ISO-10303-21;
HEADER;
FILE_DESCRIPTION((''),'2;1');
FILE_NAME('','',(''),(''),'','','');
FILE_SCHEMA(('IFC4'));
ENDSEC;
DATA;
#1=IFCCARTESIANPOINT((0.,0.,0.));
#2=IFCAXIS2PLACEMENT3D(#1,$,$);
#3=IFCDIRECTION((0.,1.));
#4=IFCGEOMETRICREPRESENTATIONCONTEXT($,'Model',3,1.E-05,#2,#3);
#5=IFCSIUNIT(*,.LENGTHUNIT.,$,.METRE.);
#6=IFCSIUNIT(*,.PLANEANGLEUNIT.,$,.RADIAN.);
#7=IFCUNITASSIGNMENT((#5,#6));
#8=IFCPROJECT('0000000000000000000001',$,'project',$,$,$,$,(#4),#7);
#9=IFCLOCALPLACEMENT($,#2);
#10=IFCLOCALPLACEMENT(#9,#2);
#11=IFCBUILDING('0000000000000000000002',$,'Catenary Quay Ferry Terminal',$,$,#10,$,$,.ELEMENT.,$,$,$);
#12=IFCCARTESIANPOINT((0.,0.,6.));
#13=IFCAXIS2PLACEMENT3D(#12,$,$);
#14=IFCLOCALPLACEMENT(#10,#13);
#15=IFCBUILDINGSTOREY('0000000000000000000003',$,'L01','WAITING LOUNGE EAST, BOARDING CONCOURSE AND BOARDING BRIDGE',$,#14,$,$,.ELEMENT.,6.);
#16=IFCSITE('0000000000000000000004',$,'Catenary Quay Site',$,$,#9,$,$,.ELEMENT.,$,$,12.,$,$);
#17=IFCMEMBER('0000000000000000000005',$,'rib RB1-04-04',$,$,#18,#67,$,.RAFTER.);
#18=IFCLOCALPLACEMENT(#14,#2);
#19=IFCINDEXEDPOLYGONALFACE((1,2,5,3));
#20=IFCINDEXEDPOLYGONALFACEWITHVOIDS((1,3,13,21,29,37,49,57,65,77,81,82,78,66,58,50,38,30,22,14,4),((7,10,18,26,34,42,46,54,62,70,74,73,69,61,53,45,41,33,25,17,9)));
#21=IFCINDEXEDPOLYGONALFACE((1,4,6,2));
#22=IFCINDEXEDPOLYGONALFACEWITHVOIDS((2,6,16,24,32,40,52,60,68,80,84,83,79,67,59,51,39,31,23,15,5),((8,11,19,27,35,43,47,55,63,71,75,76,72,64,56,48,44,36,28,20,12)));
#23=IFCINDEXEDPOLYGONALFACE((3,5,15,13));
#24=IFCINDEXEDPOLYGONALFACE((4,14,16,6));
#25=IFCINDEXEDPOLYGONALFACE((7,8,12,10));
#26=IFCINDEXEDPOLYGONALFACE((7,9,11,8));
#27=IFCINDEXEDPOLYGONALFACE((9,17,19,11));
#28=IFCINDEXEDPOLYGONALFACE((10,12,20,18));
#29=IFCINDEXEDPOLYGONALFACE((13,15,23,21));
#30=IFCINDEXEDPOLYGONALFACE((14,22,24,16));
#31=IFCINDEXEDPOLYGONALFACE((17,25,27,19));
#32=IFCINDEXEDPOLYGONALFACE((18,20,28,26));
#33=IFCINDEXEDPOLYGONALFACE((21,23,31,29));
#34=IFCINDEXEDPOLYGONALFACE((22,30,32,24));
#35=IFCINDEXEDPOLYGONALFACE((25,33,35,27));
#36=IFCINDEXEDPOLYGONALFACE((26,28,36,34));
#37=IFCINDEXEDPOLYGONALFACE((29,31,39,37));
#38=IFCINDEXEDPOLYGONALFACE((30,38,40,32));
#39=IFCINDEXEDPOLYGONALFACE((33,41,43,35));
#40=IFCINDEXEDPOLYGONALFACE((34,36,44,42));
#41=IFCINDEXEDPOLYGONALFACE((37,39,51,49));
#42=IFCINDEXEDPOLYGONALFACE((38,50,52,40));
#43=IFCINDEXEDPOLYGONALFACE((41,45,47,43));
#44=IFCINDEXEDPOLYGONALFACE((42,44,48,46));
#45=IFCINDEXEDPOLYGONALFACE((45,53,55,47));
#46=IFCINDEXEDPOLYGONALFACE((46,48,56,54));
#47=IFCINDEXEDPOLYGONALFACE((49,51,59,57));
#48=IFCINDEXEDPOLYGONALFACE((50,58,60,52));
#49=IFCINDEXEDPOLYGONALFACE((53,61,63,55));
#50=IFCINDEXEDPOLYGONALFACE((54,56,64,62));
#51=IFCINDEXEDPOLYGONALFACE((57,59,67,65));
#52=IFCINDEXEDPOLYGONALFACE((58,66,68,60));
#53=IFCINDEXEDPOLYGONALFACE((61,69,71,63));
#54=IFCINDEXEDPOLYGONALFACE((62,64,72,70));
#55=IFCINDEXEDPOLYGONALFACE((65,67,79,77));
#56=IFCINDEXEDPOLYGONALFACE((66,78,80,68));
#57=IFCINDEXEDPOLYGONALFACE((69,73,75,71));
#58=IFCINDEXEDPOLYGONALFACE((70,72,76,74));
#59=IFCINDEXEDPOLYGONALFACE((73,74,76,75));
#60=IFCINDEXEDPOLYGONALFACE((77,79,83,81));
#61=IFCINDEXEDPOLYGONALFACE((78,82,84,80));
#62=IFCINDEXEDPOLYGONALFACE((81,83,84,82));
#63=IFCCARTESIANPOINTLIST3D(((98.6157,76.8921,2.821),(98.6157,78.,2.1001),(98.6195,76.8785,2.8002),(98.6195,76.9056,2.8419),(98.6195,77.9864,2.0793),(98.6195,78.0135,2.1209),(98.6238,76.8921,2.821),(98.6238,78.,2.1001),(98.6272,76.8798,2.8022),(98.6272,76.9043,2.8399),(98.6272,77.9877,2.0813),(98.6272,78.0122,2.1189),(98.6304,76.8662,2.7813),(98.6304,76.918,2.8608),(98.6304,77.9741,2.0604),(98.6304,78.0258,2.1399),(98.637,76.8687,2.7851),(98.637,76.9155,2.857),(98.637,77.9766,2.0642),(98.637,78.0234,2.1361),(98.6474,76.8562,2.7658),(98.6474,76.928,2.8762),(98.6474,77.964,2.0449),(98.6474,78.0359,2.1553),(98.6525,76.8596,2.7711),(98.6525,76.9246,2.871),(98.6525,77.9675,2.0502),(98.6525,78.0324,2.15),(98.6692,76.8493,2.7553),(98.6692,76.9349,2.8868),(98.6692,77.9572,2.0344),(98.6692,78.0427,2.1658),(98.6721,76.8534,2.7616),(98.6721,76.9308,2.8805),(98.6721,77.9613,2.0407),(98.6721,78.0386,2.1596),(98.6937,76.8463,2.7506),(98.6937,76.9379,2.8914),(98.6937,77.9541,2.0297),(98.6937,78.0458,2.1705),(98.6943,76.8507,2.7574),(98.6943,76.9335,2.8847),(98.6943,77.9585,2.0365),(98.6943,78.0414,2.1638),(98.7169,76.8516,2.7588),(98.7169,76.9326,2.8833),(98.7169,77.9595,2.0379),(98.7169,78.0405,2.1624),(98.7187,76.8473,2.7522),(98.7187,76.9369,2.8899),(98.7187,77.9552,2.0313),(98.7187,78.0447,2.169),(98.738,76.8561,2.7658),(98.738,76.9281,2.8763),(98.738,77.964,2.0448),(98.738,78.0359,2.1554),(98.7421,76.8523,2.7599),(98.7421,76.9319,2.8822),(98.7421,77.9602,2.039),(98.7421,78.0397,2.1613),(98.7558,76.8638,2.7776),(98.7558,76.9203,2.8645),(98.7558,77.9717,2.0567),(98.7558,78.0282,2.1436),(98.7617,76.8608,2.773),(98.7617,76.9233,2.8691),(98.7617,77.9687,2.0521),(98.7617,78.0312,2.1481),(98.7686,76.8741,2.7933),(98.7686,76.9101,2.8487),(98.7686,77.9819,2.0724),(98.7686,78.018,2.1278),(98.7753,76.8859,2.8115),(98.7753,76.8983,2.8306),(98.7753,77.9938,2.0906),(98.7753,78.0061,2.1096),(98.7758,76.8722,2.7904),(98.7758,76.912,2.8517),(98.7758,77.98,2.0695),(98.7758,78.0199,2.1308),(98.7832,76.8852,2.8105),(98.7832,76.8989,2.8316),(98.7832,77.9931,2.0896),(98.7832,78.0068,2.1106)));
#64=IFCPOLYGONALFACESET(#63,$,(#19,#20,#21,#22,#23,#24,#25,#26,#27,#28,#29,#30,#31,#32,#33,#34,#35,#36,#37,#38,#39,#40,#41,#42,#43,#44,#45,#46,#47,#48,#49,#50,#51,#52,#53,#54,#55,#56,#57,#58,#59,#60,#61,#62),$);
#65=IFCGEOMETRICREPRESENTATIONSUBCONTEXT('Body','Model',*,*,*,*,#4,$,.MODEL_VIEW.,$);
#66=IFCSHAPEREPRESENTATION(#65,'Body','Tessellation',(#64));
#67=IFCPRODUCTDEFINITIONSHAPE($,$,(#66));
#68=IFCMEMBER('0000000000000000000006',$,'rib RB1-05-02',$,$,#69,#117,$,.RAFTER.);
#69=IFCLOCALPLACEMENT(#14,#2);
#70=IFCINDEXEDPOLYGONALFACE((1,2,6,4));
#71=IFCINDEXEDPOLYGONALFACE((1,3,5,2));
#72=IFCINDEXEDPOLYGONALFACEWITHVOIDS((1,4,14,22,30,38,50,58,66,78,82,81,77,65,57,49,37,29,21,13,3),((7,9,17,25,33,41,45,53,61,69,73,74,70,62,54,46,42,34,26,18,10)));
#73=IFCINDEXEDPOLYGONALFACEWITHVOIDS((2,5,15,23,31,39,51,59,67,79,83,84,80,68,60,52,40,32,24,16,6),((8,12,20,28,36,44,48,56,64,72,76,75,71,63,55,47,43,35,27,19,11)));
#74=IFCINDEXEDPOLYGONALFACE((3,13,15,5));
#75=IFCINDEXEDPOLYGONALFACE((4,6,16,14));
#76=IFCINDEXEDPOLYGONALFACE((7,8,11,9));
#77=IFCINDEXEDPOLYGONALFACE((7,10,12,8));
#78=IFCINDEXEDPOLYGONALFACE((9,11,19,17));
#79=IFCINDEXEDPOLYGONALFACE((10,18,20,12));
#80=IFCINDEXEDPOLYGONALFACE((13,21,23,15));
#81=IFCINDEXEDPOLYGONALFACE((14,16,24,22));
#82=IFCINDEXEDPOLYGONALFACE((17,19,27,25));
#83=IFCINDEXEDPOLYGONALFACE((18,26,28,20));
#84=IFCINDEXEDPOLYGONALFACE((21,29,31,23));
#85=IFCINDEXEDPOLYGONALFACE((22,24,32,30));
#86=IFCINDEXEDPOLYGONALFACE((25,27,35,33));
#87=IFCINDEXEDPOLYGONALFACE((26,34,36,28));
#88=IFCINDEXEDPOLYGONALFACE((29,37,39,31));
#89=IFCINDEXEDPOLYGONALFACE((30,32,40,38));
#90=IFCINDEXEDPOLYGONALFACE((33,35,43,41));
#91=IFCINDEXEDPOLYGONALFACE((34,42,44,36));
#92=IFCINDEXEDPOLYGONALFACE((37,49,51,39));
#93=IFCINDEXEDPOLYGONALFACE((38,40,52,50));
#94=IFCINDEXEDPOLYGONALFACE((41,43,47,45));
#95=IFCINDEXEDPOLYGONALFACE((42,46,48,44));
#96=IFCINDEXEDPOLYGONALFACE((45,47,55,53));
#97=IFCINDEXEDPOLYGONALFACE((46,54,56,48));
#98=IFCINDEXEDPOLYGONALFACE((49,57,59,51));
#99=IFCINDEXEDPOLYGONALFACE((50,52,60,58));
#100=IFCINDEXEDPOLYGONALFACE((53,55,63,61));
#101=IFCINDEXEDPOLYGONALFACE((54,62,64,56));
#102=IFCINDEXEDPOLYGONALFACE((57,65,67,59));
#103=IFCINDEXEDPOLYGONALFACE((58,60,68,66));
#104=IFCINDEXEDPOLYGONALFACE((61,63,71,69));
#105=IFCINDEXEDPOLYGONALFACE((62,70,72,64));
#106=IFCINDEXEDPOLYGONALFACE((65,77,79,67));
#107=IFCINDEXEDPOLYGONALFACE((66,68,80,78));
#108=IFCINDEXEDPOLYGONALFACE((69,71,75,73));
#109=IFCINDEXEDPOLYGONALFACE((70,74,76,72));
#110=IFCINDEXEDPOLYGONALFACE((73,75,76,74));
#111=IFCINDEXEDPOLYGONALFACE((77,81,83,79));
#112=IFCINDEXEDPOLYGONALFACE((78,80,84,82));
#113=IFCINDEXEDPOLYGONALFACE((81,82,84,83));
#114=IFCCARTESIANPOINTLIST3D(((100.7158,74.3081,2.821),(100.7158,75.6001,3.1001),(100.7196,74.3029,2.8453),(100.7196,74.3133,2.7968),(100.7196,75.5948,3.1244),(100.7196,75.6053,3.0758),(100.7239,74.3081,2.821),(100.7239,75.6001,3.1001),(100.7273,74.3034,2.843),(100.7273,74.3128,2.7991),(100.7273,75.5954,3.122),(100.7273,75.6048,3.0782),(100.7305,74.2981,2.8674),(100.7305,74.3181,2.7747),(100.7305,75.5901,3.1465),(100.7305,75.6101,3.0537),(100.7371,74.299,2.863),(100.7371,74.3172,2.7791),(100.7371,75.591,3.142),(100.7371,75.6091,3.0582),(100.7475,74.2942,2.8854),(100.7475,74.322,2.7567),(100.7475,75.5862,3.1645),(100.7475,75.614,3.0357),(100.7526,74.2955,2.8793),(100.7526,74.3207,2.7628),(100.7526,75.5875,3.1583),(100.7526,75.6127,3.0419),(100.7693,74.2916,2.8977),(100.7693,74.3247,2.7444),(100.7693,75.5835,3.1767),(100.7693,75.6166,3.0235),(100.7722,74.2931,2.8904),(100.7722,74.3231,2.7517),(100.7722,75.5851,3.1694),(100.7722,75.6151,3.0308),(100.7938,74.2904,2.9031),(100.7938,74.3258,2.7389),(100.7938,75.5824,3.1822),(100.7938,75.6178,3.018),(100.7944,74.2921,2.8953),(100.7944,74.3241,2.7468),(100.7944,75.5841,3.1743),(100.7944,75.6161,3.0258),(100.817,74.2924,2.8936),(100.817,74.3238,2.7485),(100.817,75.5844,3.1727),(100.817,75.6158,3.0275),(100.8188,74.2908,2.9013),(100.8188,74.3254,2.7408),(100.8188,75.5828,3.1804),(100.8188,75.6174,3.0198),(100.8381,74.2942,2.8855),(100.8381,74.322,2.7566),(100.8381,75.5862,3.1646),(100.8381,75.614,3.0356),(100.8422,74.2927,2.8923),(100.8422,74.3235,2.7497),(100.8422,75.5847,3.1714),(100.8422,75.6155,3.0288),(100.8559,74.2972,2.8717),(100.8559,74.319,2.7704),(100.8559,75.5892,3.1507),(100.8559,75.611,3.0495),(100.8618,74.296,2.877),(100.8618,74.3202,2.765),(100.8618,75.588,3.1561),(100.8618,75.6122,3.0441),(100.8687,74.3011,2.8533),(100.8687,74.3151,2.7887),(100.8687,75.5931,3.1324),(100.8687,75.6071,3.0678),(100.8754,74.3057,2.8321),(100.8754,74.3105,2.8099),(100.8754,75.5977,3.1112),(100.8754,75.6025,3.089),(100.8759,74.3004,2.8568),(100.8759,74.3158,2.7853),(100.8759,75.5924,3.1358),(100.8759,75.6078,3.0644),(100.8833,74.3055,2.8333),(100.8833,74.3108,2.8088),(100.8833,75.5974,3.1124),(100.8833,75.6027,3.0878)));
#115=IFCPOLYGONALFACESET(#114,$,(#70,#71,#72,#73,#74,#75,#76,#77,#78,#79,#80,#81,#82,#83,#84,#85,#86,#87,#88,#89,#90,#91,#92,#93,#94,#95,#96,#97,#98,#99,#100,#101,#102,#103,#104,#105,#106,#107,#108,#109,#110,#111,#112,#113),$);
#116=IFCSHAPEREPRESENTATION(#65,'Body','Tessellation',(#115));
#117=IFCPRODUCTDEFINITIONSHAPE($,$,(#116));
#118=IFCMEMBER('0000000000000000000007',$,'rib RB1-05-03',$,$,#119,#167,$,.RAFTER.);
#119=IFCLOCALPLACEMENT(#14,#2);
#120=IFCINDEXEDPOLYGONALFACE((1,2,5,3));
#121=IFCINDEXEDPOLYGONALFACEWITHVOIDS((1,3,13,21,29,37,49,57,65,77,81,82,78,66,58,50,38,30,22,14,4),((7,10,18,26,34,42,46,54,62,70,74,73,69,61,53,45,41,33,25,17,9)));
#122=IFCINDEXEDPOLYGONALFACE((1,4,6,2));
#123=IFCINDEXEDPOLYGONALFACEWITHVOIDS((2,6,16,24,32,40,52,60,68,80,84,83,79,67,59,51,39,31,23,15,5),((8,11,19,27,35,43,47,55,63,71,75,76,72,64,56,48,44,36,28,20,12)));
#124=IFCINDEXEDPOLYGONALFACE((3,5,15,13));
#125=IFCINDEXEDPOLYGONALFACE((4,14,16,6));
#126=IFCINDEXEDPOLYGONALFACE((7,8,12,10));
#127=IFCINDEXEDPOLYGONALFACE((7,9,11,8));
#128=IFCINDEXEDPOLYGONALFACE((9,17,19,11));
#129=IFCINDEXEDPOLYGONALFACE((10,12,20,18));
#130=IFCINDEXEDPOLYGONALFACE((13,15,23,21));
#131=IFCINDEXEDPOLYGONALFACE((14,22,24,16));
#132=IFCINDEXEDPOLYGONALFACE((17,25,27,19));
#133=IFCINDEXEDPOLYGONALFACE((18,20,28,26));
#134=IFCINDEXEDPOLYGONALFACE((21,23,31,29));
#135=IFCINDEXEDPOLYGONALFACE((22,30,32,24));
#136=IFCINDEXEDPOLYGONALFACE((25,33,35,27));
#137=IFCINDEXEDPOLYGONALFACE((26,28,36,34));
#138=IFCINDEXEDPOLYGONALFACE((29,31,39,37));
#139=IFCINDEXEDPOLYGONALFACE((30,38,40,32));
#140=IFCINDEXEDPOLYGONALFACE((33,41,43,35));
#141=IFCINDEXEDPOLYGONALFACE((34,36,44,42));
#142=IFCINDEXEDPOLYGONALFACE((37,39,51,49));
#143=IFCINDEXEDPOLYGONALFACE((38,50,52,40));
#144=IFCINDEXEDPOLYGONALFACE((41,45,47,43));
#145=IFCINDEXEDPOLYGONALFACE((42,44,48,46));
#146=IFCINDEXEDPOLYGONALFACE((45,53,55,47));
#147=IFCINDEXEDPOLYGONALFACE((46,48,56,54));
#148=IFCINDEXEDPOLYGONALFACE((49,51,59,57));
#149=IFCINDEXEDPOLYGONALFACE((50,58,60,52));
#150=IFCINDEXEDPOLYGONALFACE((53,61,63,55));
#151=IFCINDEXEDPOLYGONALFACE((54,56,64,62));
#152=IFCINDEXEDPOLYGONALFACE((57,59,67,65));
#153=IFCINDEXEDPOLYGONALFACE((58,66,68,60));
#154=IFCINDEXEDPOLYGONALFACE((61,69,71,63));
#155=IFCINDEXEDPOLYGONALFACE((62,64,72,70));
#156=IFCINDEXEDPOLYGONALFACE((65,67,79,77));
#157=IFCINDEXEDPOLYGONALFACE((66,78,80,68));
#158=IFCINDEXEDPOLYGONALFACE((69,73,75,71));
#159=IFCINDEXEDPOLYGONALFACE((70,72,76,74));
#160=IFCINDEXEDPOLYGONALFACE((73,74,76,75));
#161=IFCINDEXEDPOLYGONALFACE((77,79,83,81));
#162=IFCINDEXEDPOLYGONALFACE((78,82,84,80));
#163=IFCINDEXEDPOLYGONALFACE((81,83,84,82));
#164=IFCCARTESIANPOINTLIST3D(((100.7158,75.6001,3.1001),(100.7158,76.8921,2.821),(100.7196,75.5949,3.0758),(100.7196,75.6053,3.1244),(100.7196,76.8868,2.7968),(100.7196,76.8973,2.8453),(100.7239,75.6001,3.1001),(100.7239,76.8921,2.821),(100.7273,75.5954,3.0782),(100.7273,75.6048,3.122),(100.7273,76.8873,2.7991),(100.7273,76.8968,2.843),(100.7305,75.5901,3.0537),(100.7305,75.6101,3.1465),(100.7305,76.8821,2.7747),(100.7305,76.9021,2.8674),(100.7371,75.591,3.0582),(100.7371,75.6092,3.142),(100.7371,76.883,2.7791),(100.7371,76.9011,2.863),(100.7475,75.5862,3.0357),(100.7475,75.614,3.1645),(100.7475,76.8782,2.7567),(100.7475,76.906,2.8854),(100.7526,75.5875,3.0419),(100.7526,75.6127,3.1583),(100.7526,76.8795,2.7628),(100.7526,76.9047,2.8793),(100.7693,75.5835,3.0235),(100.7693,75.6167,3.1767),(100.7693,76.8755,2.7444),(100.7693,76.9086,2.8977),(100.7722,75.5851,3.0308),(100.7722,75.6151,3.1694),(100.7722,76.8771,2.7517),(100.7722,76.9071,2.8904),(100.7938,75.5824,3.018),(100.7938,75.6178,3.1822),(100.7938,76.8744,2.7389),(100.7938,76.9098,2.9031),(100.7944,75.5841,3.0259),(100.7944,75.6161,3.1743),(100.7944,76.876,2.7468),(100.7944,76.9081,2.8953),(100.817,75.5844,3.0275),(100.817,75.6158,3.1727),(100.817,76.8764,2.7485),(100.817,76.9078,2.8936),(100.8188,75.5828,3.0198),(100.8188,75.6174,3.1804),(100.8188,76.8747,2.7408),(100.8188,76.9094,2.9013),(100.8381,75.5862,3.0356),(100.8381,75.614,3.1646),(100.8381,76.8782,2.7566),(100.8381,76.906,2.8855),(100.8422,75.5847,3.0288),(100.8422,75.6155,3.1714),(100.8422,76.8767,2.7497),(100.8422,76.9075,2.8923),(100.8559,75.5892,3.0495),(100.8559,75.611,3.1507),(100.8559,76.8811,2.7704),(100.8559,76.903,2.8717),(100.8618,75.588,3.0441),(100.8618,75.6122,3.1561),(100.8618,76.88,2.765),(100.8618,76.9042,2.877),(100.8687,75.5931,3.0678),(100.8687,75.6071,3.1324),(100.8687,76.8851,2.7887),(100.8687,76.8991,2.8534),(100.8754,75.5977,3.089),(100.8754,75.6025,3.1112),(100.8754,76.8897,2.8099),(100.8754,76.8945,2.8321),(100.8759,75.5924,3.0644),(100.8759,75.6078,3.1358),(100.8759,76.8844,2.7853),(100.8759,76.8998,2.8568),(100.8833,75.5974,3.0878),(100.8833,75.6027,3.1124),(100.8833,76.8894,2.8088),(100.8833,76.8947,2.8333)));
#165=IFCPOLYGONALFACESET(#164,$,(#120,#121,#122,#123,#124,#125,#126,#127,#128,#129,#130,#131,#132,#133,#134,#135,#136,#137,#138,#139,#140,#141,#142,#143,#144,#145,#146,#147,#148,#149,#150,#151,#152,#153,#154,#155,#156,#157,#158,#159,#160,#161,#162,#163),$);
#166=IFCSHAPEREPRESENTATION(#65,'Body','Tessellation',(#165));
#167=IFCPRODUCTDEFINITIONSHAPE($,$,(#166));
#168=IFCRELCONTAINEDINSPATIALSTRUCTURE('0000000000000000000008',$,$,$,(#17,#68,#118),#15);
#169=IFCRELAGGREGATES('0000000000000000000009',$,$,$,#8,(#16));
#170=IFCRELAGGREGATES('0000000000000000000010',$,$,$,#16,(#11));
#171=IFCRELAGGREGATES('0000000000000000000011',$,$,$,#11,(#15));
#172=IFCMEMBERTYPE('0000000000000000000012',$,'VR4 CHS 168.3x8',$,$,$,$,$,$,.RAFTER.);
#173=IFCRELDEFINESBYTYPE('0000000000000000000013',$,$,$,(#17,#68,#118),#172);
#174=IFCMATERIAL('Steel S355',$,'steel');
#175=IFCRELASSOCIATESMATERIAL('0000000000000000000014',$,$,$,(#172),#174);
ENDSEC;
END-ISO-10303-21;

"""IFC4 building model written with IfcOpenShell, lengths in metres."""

from ifc_helpers import new_model, si_unit, direction, frame, origin, origin_2d, place, context, subcontext, project, spatial, hollow_circle, extrude, material, material_profile, profile_set, type_object, element, save


model = new_model("IFC4")

# Units and contexts
model_context = context("Model", 3, precision=1e-05, world=origin(), true_north=direction((0.0, 1.0)))
body_context = subcontext(model_context, "Body", "Model", "MODEL_VIEW")
ifc_project = project(units=[si_unit("LENGTHUNIT", "METRE"), si_unit("PLANEANGLEUNIT", "RADIAN")], contexts=[model_context])

# Site, building, storey
site_placement = place(None, origin())
site = spatial("IfcSite", under=ifc_project, at=site_placement, Name="Catenary Quay Site", CompositionType="ELEMENT", RefElevation=12.0)
building_placement = place(site_placement, origin())
building = spatial("IfcBuilding", under=site, at=building_placement, Name="Catenary Quay Ferry Terminal", CompositionType="ELEMENT")
storey_placement = place(building_placement, frame((0.0, 0.0, 6.0)))
storey = spatial("IfcBuildingStorey", under=building, at=storey_placement, Name="L01", Description="WAITING LOUNGE EAST, BOARDING CONCOURSE AND BOARDING BRIDGE", CompositionType="ELEMENT", Elevation=6.0)

# Members
ifc_material_1 = material(Name="Steel S355", Category="steel")
ifc_material_profile_1 = material_profile(ifc_material_1, hollow_circle(Radius=0.0842, WallThickness=0.0081, at=origin_2d()), Name="CHS 168.3x8")
ifc_profile_set_1 = profile_set([ifc_material_profile_1], Name="Steel S355")
member_type_1 = type_object("IfcMemberType", Name="VR4 CHS 168.3x8", PredefinedType="RAFTER", material=ifc_profile_set_1)
for number, where, z_axis, x_axis, name in (
    (1, (98.7, 76.8921, 2.821), (0.0, 0.838165, -0.545417), (-1.0, 0.0, 0.0), "rib RB1-04-04"),
    (2, (100.8, 74.3081, 2.821), (0.0, 0.977461, 0.211118), (-1.0, 0.0, 0.0), "rib RB1-05-02"),
    (3, (100.8, 75.6001, 3.1001), (0.0, 0.977461, -0.211118), (-1.0, 0.0, 0.0), "rib RB1-05-03"),
):
    element("IfcMember", number, at=place(storey_placement, frame(where, z_axis=z_axis, x_axis=x_axis)), inside=storey, type_object=member_type_1, Name=name, PredefinedType="RAFTER", context=body_context, shape_type="SweptSolid", body=[
        extrude(hollow_circle(Radius=0.0842, WallThickness=0.0081, at=origin_2d()), origin(), (0.0, 0.0, 1.0), 1.3218),
    ])

save(model, "model.ifc")
